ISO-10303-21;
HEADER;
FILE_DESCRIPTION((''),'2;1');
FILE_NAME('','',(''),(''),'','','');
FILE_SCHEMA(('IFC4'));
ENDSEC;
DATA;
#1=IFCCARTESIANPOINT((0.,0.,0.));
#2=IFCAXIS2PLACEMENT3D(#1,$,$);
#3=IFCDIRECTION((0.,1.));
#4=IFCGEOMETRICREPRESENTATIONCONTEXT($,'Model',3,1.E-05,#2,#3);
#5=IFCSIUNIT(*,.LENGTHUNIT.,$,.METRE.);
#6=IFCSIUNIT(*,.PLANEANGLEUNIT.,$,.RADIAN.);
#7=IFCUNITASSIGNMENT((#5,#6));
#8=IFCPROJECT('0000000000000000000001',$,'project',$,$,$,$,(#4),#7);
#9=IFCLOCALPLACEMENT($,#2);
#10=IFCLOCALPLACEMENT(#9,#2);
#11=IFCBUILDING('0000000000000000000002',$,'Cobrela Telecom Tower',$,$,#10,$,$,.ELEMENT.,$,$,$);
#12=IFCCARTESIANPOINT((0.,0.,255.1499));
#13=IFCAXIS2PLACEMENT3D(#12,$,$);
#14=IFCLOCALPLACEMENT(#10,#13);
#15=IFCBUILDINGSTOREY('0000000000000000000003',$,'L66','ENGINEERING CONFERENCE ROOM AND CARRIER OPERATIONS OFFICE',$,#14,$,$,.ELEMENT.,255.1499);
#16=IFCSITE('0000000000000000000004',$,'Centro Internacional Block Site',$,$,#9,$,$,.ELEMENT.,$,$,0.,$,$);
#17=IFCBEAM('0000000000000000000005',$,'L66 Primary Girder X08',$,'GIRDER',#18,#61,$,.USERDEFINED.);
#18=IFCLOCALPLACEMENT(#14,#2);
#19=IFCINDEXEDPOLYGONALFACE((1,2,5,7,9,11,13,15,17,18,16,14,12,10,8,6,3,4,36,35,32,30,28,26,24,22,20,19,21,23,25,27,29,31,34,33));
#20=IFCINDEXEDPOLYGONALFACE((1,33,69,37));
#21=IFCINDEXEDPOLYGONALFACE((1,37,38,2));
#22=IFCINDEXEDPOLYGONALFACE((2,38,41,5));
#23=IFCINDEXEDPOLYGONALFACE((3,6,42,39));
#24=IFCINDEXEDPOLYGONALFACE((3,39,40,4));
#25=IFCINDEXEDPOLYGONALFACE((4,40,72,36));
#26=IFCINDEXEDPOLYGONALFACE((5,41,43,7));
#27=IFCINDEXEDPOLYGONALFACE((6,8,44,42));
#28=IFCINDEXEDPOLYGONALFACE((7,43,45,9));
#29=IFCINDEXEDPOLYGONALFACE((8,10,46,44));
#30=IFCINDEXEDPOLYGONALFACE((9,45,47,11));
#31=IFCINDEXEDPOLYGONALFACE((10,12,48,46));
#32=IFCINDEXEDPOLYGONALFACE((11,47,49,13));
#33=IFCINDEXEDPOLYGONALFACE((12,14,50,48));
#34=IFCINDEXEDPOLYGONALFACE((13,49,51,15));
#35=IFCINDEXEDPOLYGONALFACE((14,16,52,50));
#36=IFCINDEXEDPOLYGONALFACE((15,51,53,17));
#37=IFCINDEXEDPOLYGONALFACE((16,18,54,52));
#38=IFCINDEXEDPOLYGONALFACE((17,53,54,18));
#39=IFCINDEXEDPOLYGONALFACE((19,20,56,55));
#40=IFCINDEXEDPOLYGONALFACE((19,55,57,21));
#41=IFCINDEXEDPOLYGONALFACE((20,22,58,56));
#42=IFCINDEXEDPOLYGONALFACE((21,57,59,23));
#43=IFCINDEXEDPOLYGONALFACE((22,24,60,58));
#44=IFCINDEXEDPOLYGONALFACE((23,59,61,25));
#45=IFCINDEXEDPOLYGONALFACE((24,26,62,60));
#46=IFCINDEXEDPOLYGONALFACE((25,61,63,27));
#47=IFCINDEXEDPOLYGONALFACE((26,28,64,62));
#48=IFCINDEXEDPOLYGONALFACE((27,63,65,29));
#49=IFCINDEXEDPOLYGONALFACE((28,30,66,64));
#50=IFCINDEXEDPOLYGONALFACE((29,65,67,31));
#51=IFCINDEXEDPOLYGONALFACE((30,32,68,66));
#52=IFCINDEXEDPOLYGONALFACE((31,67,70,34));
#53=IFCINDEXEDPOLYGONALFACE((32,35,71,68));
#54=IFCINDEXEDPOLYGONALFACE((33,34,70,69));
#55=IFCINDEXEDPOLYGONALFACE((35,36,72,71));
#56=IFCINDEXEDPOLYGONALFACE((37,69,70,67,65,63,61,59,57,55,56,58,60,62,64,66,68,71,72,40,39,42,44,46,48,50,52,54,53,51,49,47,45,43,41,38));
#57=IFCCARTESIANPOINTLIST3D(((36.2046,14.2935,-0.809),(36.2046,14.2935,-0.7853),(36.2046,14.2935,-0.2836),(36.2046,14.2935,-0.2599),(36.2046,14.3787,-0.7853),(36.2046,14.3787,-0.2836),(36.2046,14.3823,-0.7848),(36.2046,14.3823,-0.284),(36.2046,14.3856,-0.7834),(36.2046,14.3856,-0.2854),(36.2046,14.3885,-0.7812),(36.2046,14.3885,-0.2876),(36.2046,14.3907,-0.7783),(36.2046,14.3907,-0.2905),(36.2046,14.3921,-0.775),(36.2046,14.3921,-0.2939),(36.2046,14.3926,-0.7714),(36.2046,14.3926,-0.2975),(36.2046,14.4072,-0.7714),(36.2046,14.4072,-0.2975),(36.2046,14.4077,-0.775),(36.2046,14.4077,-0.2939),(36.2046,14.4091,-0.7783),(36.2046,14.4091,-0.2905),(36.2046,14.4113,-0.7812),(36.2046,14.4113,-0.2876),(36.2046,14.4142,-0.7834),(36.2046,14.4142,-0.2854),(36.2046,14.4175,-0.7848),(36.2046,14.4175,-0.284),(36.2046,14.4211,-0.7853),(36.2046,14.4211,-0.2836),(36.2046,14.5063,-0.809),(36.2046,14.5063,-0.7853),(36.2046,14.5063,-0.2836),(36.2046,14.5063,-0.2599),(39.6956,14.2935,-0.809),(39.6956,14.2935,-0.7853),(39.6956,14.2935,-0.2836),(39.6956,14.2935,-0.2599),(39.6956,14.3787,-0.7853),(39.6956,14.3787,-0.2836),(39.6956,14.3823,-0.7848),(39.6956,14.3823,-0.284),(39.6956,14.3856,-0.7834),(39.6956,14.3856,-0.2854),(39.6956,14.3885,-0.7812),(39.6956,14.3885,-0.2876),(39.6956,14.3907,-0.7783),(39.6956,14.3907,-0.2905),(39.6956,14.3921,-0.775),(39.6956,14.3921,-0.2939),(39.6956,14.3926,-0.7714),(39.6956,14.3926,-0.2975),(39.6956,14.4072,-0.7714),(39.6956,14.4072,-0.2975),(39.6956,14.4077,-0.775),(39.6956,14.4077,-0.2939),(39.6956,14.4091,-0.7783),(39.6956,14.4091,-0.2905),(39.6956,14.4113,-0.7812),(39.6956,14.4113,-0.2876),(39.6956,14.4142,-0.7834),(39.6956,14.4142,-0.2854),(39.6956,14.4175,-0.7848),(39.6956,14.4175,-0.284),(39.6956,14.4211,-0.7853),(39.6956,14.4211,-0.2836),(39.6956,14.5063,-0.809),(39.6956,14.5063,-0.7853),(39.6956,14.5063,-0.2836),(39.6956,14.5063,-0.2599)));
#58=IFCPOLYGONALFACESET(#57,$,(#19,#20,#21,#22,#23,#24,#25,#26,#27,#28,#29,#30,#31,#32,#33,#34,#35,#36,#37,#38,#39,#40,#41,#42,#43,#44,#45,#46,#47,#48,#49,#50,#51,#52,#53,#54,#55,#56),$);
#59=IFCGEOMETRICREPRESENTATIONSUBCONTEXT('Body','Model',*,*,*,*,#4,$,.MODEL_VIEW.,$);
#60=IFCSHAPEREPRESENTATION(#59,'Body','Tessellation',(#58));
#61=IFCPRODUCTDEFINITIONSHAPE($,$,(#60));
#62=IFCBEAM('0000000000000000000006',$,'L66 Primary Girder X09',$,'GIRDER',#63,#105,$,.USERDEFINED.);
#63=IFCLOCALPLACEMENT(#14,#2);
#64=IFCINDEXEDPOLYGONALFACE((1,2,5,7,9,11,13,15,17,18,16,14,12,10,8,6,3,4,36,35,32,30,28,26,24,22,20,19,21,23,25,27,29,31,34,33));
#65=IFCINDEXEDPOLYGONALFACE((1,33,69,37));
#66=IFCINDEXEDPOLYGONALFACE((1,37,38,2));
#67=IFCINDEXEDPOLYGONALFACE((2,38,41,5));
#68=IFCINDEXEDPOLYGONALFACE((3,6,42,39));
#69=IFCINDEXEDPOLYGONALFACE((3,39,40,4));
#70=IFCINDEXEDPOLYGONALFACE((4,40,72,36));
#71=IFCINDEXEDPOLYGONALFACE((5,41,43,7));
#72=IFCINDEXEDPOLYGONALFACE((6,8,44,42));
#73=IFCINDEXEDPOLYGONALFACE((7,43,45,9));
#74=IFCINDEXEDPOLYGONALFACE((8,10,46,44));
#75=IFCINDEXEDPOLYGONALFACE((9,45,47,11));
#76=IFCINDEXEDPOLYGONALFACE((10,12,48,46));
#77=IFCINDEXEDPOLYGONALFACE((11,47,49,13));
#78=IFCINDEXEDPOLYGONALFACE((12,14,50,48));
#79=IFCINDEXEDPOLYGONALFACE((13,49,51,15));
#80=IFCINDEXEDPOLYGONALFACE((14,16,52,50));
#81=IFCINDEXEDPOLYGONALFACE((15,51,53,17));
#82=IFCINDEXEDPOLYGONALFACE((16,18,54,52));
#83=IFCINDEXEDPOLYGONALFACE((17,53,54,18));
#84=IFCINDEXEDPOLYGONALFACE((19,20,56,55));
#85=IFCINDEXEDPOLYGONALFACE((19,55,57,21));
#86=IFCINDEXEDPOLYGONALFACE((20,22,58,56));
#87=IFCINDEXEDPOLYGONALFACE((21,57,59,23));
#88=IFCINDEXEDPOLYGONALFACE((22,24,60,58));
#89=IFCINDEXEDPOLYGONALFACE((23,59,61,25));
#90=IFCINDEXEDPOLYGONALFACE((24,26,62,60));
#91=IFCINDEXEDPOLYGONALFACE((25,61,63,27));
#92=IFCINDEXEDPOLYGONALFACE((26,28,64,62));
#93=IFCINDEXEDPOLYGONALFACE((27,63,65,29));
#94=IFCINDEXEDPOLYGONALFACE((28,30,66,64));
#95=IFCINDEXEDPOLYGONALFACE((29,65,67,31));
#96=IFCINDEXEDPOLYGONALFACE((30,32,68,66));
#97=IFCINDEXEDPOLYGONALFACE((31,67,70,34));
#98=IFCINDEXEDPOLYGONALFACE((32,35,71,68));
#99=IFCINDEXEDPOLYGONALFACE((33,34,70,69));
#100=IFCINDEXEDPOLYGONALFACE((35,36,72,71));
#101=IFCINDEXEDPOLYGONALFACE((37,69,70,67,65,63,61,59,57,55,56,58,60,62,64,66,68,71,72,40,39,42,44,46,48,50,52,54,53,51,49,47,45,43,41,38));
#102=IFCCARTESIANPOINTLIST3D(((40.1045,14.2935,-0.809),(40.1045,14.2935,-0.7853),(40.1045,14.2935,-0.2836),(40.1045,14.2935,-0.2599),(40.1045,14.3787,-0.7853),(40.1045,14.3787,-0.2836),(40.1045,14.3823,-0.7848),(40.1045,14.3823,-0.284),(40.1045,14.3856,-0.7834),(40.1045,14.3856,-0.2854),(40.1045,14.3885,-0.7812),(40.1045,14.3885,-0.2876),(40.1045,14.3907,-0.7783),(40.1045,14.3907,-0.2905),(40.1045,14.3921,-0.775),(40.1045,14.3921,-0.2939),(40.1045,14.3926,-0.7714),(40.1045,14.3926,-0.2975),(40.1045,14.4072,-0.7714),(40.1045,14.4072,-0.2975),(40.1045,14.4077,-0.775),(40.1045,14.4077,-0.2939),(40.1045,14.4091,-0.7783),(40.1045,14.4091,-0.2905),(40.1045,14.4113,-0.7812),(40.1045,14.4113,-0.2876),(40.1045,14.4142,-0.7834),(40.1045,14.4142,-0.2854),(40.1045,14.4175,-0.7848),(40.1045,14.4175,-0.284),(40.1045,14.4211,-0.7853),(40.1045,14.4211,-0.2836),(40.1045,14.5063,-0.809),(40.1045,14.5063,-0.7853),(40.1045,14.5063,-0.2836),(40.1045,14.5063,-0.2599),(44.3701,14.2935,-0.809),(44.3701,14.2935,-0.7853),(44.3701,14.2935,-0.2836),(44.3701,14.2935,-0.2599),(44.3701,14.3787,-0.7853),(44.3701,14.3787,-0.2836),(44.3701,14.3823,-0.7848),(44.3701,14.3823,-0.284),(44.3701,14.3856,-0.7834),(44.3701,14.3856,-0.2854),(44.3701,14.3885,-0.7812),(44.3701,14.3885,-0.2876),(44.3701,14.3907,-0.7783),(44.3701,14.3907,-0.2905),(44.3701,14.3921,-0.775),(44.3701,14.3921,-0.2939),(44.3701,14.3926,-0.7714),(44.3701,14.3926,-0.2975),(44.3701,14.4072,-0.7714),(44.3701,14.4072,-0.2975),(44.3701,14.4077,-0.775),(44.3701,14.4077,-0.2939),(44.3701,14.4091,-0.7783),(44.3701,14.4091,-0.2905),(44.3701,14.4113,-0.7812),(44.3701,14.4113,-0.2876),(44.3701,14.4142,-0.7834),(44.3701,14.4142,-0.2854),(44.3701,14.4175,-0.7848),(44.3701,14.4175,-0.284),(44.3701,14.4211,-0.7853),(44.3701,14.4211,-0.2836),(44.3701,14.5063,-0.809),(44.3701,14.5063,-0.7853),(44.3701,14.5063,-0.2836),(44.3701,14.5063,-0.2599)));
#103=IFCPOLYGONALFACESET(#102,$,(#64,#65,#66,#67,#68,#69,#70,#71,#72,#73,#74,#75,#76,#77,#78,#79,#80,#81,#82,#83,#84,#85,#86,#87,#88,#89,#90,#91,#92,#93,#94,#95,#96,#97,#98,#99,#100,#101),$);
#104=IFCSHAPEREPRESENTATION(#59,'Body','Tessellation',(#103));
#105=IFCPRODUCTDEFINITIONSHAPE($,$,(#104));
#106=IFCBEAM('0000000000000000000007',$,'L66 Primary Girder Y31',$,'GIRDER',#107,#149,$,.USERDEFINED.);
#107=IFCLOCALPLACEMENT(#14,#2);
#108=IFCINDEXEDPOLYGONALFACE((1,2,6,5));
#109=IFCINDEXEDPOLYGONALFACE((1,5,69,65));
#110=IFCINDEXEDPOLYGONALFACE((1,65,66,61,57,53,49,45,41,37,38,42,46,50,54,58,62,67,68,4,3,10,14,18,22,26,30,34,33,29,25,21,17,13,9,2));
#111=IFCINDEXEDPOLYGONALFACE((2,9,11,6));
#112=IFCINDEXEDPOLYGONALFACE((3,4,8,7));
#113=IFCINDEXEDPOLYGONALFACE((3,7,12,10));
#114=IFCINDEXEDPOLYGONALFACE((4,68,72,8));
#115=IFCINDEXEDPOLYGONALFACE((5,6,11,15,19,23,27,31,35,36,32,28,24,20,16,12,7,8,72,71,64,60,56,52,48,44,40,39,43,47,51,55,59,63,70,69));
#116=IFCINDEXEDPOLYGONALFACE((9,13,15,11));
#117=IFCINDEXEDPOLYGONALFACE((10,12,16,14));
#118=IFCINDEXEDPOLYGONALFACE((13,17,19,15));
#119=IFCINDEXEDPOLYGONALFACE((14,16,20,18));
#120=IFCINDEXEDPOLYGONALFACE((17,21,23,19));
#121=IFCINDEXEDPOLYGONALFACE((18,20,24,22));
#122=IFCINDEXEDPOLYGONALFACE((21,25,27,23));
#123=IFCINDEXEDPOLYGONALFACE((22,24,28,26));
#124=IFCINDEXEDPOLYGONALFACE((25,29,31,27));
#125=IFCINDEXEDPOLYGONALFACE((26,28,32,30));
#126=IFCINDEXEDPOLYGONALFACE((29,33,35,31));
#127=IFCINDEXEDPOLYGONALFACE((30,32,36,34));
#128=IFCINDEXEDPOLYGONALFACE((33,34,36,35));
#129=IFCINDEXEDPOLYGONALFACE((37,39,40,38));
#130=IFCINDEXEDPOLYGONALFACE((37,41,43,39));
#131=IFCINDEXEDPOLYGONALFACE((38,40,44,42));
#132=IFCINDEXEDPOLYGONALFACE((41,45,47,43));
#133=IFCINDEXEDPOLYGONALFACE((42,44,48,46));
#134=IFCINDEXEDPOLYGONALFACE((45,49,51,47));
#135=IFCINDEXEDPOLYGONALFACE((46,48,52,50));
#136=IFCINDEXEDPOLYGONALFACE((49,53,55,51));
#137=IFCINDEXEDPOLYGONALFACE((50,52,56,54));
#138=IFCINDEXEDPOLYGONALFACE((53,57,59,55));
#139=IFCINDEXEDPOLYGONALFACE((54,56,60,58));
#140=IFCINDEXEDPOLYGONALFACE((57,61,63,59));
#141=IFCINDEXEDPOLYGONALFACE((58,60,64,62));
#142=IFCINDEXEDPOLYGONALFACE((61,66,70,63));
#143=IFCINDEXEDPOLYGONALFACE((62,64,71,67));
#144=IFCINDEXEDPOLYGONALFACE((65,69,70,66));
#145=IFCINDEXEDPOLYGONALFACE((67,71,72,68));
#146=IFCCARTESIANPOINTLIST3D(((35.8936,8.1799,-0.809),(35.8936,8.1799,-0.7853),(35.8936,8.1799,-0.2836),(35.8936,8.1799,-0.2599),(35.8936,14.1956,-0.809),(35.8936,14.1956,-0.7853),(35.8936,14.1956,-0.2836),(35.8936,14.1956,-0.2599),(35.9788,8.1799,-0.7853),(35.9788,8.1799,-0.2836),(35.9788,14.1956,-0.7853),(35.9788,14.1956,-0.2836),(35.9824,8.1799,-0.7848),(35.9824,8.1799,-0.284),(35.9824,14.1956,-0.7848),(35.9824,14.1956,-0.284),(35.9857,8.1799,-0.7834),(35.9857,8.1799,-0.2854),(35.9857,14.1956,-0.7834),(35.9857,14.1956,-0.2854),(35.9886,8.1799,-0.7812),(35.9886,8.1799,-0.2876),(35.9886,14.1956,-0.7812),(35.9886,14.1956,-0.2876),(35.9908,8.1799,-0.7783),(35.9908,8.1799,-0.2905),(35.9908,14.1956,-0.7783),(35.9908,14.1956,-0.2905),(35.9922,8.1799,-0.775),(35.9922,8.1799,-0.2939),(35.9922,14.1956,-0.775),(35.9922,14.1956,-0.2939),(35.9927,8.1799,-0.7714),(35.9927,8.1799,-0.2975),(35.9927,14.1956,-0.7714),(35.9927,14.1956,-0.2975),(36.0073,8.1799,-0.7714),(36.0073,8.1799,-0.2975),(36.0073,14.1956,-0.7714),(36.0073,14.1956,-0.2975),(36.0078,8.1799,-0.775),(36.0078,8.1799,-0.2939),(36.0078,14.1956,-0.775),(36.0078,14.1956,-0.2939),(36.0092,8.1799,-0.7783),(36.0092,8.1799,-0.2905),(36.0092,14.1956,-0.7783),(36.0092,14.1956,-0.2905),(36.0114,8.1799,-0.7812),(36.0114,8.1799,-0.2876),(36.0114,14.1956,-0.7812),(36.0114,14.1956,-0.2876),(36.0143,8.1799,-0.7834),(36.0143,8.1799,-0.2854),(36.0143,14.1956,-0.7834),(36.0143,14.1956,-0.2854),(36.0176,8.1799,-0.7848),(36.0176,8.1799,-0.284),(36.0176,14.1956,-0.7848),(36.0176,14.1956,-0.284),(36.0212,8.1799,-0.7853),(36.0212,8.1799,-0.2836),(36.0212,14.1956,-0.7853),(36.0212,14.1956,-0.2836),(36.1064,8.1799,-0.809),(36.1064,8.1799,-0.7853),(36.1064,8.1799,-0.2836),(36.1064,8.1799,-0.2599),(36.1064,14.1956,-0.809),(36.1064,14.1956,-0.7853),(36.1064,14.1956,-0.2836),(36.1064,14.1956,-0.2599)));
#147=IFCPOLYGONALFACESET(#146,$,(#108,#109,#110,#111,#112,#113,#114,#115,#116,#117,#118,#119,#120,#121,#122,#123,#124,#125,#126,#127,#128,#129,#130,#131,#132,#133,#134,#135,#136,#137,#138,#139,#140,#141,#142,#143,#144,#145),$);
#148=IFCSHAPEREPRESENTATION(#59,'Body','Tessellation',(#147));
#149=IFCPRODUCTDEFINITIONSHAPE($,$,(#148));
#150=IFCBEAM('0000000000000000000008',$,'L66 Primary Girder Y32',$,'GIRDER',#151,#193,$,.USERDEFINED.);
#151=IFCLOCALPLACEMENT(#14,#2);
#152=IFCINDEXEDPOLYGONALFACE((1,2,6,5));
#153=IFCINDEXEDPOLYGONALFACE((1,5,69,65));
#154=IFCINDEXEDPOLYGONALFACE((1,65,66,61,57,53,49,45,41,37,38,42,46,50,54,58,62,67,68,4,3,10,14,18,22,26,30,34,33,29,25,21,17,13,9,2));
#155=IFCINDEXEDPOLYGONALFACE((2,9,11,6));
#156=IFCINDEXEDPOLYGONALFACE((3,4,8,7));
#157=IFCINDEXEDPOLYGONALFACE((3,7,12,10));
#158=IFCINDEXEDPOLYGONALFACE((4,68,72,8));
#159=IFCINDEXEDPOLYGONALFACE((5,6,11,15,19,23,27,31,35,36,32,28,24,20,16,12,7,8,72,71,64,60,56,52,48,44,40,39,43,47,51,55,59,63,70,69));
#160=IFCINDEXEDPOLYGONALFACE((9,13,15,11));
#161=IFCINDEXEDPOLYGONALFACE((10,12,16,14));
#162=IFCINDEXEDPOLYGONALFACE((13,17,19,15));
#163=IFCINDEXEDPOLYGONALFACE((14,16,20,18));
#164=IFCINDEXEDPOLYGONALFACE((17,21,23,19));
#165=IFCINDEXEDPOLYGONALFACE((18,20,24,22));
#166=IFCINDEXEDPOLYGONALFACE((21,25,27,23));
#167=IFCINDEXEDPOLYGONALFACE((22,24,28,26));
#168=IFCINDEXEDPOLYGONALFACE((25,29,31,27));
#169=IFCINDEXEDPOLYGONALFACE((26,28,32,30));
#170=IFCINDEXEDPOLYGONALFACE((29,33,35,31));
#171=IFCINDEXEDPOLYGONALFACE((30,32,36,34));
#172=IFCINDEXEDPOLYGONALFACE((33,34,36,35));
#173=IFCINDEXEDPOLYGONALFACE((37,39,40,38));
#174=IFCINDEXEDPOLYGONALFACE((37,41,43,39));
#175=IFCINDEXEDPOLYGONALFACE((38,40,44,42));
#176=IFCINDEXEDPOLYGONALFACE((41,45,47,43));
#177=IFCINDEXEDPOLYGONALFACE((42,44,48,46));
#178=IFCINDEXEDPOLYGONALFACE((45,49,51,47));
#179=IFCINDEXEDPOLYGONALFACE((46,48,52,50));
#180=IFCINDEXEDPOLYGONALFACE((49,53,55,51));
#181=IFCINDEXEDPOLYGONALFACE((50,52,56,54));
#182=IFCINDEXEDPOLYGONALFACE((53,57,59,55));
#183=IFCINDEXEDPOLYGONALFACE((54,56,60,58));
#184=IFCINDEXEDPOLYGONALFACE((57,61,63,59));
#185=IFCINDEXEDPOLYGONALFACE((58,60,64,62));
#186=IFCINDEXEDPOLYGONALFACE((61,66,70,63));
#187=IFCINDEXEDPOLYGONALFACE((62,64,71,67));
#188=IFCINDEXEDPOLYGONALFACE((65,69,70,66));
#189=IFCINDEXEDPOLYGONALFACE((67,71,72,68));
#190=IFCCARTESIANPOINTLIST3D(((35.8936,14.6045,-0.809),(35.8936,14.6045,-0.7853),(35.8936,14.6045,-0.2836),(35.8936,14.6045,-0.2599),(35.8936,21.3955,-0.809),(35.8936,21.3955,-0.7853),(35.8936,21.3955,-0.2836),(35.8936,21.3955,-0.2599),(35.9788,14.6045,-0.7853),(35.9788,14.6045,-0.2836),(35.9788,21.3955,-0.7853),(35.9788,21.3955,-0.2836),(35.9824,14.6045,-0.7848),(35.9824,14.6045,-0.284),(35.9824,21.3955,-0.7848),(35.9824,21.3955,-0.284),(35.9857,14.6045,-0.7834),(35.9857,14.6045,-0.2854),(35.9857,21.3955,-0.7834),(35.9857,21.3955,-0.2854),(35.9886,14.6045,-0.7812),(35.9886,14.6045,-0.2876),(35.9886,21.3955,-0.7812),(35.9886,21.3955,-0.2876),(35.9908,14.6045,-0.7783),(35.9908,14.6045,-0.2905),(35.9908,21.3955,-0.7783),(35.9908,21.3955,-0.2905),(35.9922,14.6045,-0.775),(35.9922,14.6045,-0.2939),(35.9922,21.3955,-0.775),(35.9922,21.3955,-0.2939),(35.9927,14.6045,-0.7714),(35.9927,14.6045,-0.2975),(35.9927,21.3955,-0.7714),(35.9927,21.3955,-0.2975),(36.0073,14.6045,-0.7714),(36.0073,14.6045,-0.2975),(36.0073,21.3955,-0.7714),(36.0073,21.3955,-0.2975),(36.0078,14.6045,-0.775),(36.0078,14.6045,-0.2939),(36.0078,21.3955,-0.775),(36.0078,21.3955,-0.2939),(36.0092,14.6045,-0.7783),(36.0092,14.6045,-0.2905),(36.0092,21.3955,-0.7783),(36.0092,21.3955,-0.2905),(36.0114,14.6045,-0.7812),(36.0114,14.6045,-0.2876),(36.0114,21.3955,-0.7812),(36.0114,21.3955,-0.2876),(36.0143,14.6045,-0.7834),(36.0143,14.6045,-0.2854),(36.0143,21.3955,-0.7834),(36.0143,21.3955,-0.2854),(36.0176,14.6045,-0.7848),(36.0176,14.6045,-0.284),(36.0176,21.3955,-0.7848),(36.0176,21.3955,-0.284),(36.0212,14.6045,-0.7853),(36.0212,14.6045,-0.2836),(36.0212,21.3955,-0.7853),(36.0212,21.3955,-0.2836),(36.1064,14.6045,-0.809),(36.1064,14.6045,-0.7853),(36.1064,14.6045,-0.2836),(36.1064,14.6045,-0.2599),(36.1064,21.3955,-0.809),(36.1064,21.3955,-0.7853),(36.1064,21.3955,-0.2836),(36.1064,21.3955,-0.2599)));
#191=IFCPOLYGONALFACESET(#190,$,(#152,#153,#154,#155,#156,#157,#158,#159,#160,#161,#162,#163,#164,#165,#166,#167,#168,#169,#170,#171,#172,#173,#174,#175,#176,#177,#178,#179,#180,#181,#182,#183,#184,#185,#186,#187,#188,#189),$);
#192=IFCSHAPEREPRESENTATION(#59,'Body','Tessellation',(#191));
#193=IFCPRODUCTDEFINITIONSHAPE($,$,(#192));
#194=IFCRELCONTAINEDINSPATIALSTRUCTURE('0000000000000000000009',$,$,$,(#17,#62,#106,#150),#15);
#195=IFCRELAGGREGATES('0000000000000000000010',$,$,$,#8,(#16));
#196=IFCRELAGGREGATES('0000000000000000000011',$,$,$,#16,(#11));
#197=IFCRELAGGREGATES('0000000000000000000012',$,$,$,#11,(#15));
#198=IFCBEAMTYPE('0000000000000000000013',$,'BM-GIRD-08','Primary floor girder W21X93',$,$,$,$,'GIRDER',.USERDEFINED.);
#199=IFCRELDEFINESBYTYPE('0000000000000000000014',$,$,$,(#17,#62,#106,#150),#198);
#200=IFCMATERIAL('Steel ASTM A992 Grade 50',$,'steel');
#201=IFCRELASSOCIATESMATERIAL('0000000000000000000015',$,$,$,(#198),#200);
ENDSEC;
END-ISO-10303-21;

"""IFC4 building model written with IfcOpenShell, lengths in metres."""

from ifc_helpers import new_model, si_unit, direction, frame, origin, origin_2d, place, context, subcontext, project, spatial, i_section, extrude, material, material_profile, profile_set, type_object, element, save


model = new_model("IFC4")

# Units and contexts
model_context = context("Model", 3, precision=1e-05, world=origin(), true_north=direction((0.0, 1.0)))
body_context = subcontext(model_context, "Body", "Model", "MODEL_VIEW")
ifc_project = project(units=[si_unit("LENGTHUNIT", "METRE"), si_unit("PLANEANGLEUNIT", "RADIAN")], contexts=[model_context])

# Site, building, storey
site_placement = place(None, origin())
site = spatial("IfcSite", under=ifc_project, at=site_placement, Name="Centro Internacional Block Site", CompositionType="ELEMENT", RefElevation=0.0)
building_placement = place(site_placement, origin())
building = spatial("IfcBuilding", under=site, at=building_placement, Name="Cobrela Telecom Tower", CompositionType="ELEMENT")
storey_placement = place(building_placement, frame((0.0, 0.0, 255.1499)))
storey = spatial("IfcBuildingStorey", under=building, at=storey_placement, Name="L66", Description="ENGINEERING CONFERENCE ROOM AND CARRIER OPERATIONS OFFICE", CompositionType="ELEMENT", Elevation=255.1499)

# Shared definitions
ifc_material_1 = material(Name="Steel ASTM A992 Grade 50", Category="steel")

# Beams
ifc_material_profile_1 = material_profile(ifc_material_1, i_section(OverallWidth=0.2129, OverallDepth=0.5491, WebThickness=0.0146, FlangeThickness=0.0237, FilletRadius=0.0139, at=origin_2d()), Name="W21X93")
ifc_profile_set_1 = profile_set([ifc_material_profile_1], Name="Steel ASTM A992 Grade 50")
beam_type_1 = type_object("IfcBeamType", Name="BM-GIRD-08", Description="Primary floor girder W21X93", ElementType="GIRDER", PredefinedType="USERDEFINED", material=ifc_profile_set_1)
beam_1_placement = place(storey_placement, frame((36.2046, 14.3999, -0.5344), z_axis=(1.0, 0.0, 0.0), x_axis=(0.0, 1.0, 0.0)))
element("IfcBeam", 1, at=beam_1_placement, inside=storey, type_object=beam_type_1, Name="L66 Primary Girder X08", ObjectType="GIRDER", PredefinedType="USERDEFINED", context=body_context, shape_type="SweptSolid", body=[
    extrude(i_section(OverallWidth=0.2129, OverallDepth=0.5491, WebThickness=0.0146, FlangeThickness=0.0237, FilletRadius=0.0139, at=origin_2d()), origin(), (0.0, 0.0, 1.0), 3.491),
])
beam_2_placement = place(storey_placement, frame((40.1045, 14.3999, -0.5344), z_axis=(1.0, 0.0, 0.0), x_axis=(0.0, 1.0, 0.0)))
element("IfcBeam", 2, at=beam_2_placement, inside=storey, type_object=beam_type_1, Name="L66 Primary Girder X09", ObjectType="GIRDER", PredefinedType="USERDEFINED", context=body_context, shape_type="SweptSolid", body=[
    extrude(i_section(OverallWidth=0.2129, OverallDepth=0.5491, WebThickness=0.0146, FlangeThickness=0.0237, FilletRadius=0.0139, at=origin_2d()), origin(), (0.0, 0.0, 1.0), 4.2656),
])
beam_3_placement = place(storey_placement, frame((36.0, 8.1799, -0.5344), z_axis=(0.0, 1.0, 0.0), x_axis=(-1.0, 0.0, 0.0)))
element("IfcBeam", 3, at=beam_3_placement, inside=storey, type_object=beam_type_1, Name="L66 Primary Girder Y31", ObjectType="GIRDER", PredefinedType="USERDEFINED", context=body_context, shape_type="SweptSolid", body=[
    extrude(i_section(OverallWidth=0.2129, OverallDepth=0.5491, WebThickness=0.0146, FlangeThickness=0.0237, FilletRadius=0.0139, at=origin_2d()), origin(), (0.0, 0.0, 1.0), 6.0156),
])
for number, where, z_axis, x_axis, name in (
    (4, (36.0, 14.6045, -0.5344), (0.0, 1.0, 0.0), (-1.0, 0.0, 0.0), "L66 Primary Girder Y32"),
):
    element("IfcBeam", number, at=place(storey_placement, frame(where, z_axis=z_axis, x_axis=x_axis)), inside=storey, type_object=beam_type_1, Name=name, ObjectType="GIRDER", PredefinedType="USERDEFINED", context=body_context, shape_type="SweptSolid", body=[
        extrude(i_section(OverallWidth=0.2129, OverallDepth=0.5491, WebThickness=0.0146, FlangeThickness=0.0237, FilletRadius=0.0139, at=origin_2d()), origin(), (0.0, 0.0, 1.0), 6.791),
    ])

save(model, "model.ifc")
